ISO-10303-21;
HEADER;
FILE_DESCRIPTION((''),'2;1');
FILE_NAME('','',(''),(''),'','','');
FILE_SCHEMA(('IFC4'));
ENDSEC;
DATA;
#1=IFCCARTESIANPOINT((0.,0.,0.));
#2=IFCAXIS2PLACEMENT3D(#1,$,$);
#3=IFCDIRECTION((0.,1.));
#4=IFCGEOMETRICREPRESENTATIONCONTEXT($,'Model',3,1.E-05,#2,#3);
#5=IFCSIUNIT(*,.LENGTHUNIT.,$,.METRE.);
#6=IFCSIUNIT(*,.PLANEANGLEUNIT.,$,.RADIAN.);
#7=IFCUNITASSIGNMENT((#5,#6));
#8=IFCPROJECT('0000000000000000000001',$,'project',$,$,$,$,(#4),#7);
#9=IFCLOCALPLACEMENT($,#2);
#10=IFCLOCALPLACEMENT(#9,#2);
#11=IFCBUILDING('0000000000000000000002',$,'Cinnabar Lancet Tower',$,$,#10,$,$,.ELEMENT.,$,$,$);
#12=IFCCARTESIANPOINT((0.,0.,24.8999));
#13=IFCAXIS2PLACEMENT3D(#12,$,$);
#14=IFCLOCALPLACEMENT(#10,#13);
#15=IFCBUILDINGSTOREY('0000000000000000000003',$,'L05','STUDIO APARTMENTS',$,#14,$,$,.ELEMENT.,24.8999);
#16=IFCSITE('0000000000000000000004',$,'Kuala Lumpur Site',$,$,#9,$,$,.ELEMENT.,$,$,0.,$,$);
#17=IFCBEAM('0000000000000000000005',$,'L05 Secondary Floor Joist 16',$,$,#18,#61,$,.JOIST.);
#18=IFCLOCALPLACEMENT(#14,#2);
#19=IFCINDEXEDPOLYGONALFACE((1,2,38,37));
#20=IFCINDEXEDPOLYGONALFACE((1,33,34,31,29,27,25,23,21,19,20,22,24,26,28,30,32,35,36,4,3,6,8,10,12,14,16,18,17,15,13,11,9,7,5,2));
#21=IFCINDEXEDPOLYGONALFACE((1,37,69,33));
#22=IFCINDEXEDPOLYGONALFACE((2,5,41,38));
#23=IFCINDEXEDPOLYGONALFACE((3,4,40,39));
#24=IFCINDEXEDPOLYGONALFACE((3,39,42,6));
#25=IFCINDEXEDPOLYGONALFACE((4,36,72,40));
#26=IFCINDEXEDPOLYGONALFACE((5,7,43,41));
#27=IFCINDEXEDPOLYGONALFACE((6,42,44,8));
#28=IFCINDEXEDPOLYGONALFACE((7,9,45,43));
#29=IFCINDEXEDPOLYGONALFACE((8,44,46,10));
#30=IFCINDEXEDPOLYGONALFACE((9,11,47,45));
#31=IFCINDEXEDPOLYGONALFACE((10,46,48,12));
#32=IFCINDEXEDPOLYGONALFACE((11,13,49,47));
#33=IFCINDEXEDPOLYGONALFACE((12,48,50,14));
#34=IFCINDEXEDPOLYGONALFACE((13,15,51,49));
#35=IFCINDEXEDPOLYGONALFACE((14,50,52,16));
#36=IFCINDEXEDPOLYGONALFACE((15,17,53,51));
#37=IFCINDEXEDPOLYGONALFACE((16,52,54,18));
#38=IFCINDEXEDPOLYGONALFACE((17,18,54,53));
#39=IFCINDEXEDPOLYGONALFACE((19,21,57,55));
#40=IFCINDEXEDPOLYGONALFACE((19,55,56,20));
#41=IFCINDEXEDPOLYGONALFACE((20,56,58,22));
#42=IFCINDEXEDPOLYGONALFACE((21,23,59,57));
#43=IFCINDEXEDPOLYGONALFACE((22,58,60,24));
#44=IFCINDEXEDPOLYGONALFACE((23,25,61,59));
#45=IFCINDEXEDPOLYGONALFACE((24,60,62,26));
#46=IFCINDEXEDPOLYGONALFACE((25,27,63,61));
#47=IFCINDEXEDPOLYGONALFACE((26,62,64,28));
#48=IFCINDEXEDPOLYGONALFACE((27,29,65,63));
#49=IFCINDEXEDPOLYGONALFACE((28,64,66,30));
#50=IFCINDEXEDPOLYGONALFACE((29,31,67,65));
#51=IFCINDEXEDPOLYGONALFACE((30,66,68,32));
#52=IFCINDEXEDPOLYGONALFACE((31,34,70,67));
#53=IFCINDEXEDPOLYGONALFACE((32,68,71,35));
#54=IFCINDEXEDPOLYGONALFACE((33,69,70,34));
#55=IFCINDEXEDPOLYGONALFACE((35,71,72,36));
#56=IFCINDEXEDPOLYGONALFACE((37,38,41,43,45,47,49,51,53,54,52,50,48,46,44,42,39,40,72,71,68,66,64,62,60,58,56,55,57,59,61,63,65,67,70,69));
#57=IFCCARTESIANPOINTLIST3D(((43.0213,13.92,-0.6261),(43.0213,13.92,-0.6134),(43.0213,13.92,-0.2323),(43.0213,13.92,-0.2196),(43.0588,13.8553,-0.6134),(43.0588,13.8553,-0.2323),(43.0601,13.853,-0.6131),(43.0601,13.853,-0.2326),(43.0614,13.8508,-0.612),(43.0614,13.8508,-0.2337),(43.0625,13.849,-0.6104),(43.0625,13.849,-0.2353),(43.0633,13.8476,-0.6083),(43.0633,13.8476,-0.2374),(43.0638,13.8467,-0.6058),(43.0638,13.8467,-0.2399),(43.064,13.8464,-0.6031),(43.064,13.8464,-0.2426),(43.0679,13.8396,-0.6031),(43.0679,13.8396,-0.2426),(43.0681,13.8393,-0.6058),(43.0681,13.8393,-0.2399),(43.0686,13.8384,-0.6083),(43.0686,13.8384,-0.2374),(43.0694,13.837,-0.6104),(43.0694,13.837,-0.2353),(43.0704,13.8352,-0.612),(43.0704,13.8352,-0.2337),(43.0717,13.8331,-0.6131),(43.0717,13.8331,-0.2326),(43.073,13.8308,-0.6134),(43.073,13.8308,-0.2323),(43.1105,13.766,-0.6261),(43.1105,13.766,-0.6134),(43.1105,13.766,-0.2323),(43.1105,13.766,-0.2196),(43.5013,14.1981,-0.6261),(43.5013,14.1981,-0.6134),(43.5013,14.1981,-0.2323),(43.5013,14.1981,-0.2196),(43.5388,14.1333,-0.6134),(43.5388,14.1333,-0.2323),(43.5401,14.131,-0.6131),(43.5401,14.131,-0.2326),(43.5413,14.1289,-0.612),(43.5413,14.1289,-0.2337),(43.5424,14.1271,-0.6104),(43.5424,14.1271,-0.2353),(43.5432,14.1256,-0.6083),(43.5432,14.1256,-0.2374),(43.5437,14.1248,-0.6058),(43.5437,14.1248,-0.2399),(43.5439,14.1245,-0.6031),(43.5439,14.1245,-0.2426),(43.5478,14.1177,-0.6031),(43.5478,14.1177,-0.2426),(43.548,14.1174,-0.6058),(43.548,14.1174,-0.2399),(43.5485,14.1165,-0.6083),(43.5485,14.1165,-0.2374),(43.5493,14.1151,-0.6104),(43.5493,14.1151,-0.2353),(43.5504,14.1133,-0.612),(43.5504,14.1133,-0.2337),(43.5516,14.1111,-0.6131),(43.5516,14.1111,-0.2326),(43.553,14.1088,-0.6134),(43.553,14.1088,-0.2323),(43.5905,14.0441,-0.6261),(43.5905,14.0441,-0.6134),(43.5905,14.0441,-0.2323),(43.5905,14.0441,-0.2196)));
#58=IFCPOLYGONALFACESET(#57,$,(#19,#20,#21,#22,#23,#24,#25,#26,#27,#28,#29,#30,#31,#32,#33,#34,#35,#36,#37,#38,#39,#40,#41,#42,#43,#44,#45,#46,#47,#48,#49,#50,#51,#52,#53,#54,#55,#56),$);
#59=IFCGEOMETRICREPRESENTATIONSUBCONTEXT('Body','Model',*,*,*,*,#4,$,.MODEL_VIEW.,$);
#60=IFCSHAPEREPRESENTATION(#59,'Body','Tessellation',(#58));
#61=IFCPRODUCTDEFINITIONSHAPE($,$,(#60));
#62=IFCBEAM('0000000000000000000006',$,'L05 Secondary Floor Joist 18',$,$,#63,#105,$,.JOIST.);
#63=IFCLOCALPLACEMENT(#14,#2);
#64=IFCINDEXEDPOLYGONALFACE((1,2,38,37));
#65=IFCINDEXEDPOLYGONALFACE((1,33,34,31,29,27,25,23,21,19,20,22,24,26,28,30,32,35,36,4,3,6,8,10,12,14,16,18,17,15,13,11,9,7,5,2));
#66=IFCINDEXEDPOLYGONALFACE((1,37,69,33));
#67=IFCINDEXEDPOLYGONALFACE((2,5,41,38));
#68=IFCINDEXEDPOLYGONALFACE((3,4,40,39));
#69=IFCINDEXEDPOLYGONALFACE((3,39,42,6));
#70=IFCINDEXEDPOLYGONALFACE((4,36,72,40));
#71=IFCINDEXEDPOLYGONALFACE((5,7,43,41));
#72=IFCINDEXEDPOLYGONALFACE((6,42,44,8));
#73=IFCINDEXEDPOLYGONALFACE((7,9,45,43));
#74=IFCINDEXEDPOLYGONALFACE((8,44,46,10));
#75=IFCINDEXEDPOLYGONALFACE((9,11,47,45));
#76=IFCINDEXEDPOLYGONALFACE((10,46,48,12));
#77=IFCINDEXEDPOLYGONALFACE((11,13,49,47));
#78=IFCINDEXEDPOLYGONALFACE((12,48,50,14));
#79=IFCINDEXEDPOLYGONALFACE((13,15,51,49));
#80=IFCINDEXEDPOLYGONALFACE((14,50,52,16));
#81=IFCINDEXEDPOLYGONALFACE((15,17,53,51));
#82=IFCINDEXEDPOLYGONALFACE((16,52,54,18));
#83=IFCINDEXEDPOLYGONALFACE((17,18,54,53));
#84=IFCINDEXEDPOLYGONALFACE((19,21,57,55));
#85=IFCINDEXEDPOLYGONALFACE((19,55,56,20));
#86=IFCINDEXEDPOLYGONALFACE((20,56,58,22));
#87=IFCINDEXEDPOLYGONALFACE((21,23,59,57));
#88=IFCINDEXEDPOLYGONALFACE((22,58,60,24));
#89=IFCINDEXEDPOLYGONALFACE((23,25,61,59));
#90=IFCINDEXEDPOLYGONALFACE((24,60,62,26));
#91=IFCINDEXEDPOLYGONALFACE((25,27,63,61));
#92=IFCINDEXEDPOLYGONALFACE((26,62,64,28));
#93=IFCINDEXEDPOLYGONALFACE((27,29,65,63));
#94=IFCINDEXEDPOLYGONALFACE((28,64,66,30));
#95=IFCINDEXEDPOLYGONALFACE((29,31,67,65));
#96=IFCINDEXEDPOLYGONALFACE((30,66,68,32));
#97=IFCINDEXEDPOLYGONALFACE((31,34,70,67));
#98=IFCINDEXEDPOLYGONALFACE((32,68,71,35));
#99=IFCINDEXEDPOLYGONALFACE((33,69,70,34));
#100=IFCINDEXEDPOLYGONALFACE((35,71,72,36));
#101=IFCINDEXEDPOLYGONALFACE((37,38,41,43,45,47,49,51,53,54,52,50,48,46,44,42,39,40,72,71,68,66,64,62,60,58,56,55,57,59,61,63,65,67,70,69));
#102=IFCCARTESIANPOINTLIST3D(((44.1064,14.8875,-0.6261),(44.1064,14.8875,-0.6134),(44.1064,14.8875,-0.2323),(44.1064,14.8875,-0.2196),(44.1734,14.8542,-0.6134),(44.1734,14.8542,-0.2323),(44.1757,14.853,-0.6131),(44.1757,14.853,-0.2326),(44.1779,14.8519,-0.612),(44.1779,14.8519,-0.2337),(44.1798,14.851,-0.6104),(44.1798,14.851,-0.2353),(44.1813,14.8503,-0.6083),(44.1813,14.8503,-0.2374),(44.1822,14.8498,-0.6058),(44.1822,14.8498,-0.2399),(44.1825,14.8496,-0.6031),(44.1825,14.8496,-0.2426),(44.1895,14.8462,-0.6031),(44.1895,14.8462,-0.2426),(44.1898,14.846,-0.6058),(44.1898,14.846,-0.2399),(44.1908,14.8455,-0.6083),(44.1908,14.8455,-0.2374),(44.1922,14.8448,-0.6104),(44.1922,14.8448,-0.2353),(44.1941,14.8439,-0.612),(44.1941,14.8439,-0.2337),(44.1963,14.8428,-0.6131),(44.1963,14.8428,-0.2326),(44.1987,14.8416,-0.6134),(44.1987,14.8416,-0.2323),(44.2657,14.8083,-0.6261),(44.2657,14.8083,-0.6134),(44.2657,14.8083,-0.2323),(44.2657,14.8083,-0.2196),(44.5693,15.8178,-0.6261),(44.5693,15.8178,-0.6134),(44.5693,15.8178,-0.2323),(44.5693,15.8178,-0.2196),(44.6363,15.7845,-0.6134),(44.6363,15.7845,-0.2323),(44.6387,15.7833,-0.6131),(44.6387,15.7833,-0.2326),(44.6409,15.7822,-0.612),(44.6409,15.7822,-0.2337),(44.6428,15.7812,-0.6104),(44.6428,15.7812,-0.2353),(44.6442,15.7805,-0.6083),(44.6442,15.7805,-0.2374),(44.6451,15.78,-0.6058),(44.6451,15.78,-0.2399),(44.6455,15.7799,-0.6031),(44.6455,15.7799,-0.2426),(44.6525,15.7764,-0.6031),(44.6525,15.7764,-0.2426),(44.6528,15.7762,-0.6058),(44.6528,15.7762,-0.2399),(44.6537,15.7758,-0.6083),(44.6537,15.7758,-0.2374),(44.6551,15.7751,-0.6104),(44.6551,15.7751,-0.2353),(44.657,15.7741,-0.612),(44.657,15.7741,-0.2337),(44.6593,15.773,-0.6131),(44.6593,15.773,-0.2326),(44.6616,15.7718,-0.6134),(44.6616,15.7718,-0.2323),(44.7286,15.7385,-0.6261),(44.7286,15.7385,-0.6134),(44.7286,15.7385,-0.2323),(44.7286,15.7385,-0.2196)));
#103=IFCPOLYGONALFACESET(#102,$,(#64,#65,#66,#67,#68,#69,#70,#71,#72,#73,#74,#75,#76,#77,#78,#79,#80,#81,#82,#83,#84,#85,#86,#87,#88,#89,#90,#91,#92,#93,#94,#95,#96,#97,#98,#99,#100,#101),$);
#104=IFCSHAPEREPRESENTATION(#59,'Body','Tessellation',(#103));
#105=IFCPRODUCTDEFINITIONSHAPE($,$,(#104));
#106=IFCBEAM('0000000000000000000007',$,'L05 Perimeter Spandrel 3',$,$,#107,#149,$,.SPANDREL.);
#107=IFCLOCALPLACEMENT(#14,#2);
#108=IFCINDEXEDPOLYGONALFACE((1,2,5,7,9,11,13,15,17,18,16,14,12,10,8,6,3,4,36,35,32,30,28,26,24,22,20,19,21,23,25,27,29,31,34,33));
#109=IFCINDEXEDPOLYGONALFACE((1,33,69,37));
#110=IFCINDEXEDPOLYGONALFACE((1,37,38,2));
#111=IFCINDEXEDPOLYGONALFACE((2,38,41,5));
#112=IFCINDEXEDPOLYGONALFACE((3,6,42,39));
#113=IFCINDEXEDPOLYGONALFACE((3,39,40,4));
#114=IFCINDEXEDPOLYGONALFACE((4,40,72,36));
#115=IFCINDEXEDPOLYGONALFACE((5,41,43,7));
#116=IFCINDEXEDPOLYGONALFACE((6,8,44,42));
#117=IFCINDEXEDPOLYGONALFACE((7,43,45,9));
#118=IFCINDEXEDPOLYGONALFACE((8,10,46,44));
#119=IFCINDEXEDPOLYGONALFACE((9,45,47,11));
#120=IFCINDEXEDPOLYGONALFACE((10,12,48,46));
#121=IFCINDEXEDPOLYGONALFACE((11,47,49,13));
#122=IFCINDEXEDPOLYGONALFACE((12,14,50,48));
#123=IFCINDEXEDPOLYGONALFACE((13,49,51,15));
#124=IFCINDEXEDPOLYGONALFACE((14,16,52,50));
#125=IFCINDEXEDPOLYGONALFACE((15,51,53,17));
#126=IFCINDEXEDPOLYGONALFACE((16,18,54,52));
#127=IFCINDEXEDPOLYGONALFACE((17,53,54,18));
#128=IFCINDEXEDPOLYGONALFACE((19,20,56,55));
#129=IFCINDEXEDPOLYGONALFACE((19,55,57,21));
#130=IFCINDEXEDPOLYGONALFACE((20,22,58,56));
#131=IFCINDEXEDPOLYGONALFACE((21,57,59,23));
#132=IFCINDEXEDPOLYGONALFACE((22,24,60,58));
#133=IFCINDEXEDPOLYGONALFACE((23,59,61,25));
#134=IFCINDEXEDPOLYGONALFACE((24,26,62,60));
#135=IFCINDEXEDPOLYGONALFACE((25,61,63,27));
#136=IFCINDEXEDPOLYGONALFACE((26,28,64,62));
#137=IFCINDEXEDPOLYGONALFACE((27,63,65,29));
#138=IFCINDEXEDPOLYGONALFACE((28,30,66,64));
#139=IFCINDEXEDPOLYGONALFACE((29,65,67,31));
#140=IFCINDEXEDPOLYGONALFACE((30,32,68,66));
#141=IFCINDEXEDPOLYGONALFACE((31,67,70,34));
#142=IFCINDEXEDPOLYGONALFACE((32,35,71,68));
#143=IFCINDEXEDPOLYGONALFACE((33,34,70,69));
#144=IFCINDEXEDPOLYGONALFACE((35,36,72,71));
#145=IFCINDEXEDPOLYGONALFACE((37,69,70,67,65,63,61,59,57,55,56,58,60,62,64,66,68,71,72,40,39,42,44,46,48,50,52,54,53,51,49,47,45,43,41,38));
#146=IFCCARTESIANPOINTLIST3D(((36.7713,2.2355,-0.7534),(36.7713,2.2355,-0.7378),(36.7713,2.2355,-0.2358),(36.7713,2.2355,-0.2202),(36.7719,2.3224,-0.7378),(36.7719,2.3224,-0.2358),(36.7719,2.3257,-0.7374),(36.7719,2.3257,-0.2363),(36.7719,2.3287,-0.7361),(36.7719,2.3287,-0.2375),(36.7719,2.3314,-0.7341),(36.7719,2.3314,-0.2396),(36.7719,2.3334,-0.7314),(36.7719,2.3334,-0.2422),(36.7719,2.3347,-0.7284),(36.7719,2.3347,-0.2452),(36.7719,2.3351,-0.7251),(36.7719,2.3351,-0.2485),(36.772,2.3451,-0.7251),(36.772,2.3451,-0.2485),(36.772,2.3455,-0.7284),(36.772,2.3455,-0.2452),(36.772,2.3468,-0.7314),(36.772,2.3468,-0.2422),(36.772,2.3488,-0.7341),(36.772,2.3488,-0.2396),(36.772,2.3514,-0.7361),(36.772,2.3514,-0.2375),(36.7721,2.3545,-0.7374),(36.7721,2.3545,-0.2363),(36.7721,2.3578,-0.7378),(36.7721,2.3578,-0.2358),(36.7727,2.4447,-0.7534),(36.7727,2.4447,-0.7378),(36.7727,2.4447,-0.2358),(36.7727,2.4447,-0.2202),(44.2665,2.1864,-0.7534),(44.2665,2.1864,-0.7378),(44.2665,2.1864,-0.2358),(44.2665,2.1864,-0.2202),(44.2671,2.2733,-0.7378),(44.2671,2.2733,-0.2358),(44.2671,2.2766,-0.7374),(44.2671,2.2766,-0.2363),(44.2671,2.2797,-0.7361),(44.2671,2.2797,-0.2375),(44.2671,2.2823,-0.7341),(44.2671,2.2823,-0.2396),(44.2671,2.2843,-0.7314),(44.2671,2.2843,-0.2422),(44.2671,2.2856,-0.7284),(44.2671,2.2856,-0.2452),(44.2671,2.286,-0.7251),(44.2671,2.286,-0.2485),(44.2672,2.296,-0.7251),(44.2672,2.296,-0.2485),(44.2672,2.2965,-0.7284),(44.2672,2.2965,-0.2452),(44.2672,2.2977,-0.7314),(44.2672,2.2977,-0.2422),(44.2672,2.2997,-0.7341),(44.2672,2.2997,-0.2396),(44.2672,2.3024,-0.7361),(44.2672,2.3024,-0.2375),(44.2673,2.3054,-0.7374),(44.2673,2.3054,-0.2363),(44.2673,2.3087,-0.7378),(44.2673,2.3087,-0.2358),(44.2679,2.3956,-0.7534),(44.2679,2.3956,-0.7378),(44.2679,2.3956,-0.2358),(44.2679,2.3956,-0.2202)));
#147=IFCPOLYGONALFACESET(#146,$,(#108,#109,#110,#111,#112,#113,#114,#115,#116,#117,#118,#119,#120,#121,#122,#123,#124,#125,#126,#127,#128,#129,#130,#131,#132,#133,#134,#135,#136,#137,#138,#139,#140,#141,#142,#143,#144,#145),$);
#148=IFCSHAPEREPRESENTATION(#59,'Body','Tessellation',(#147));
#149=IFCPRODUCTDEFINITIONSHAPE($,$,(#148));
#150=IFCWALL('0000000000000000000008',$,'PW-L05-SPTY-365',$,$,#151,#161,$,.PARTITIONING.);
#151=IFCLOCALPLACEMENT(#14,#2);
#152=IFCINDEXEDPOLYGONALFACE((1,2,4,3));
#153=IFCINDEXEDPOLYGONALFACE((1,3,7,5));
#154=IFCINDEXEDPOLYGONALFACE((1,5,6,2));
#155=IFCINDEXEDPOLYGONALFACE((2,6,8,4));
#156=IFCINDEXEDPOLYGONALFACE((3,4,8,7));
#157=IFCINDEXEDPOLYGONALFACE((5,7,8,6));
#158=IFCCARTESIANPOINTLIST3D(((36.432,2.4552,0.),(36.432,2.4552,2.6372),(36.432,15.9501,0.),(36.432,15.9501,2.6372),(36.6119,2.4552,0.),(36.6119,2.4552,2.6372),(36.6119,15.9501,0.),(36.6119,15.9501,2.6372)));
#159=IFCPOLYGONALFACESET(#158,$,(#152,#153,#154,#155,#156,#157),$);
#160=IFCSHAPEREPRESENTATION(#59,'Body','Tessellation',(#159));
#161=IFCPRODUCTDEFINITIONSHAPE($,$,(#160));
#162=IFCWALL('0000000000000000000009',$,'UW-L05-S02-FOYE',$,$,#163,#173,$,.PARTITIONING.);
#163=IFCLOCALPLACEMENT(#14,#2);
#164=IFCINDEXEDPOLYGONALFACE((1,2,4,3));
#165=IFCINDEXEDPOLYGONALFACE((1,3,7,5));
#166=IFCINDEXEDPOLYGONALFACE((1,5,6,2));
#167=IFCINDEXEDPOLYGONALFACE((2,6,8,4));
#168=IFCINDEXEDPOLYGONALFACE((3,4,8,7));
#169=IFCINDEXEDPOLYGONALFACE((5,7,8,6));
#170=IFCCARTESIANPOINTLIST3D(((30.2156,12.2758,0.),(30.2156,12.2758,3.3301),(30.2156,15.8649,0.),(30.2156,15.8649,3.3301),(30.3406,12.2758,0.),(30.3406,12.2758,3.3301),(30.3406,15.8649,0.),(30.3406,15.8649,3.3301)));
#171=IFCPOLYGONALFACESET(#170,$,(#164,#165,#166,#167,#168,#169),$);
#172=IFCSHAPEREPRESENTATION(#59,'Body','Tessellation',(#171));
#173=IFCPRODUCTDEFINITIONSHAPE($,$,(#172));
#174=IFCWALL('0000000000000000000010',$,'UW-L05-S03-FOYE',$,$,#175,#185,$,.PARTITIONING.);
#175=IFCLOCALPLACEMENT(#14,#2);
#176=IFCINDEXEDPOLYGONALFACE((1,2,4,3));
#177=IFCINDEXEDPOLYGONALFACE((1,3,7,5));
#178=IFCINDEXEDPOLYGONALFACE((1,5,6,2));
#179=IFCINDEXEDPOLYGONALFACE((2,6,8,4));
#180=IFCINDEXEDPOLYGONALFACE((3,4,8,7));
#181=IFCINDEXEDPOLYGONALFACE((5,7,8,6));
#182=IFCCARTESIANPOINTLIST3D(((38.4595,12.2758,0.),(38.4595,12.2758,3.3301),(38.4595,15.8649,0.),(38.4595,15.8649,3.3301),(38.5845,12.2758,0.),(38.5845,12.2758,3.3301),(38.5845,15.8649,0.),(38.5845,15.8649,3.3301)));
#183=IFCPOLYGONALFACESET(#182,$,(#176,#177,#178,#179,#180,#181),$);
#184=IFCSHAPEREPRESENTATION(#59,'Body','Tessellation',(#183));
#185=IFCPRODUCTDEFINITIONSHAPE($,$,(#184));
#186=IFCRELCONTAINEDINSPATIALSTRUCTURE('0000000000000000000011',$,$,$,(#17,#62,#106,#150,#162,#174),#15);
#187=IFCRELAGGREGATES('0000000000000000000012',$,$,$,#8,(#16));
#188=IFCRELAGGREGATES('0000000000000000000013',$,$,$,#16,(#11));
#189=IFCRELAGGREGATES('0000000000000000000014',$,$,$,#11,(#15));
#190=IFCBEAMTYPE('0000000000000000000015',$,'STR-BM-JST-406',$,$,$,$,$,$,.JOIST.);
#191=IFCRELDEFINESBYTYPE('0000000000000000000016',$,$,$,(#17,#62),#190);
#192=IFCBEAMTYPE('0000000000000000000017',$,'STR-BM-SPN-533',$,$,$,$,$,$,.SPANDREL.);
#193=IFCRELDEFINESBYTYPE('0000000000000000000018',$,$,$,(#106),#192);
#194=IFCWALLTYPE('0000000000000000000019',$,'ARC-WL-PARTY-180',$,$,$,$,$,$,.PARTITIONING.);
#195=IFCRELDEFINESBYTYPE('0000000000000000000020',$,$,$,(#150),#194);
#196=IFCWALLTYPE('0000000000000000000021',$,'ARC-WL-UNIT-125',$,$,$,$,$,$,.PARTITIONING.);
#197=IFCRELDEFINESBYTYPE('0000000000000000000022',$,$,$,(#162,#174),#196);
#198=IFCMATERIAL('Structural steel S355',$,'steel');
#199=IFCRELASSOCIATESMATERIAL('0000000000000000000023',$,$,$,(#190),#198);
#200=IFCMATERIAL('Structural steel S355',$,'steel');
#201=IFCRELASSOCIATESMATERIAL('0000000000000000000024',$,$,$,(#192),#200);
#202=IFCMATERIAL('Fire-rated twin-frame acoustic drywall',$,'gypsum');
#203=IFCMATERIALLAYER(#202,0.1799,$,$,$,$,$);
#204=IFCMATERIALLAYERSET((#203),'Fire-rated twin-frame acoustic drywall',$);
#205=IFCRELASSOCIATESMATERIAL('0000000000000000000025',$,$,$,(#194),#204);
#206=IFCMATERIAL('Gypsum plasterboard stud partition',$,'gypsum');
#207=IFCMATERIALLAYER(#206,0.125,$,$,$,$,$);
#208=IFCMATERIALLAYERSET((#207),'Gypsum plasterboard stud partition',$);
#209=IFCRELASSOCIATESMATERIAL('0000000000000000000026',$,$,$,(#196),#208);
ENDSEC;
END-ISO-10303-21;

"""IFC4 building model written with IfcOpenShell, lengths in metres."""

from ifc_helpers import new_model, si_unit, direction, frame, frame_2d, origin, origin_2d, place, context, subcontext, project, spatial, rectangle, i_section, extrude, material, layer, layer_set, material_profile, profile_set, type_object, element, save


model = new_model("IFC4")

# Units and contexts
model_context = context("Model", 3, precision=1e-05, world=origin(), true_north=direction((0.0, 1.0)))
body_context = subcontext(model_context, "Body", "Model", "MODEL_VIEW")
ifc_project = project(units=[si_unit("LENGTHUNIT", "METRE"), si_unit("PLANEANGLEUNIT", "RADIAN")], contexts=[model_context])

# Site, building, storey
site_placement = place(None, origin())
site = spatial("IfcSite", under=ifc_project, at=site_placement, Name="Kuala Lumpur Site", CompositionType="ELEMENT", RefElevation=0.0)
building_placement = place(site_placement, origin())
building = spatial("IfcBuilding", under=site, at=building_placement, Name="Cinnabar Lancet Tower", CompositionType="ELEMENT")
storey_placement = place(building_placement, frame((0.0, 0.0, 24.8999)))
storey = spatial("IfcBuildingStorey", under=building, at=storey_placement, Name="L05", Description="STUDIO APARTMENTS", CompositionType="ELEMENT", Elevation=24.8999)

# Beams
ifc_material_1 = material(Name="Structural steel S355", Category="steel")
ifc_material_profile_1 = material_profile(ifc_material_1, i_section(OverallWidth=0.178, OverallDepth=0.4065, WebThickness=0.0078, FlangeThickness=0.0127, FilletRadius=0.0103, at=origin_2d()), Name="UKB 406x178x60")
ifc_profile_set_1 = profile_set([ifc_material_profile_1], Name="Structural steel S355")
beam_type_1 = type_object("IfcBeamType", Name="STR-BM-JST-406", PredefinedType="JOIST", material=ifc_profile_set_1)
beam_1_placement = place(storey_placement, frame((43.0659, 13.843, -0.4229), z_axis=(0.865276, 0.501296, 0.0), x_axis=(-0.501296, 0.865276, 0.0)))
element("IfcBeam", 1, at=beam_1_placement, inside=storey, type_object=beam_type_1, Name="L05 Secondary Floor Joist 16", PredefinedType="JOIST", context=body_context, shape_type="SweptSolid", body=[
    extrude(i_section(OverallWidth=0.178, OverallDepth=0.4065, WebThickness=0.0078, FlangeThickness=0.0127, FilletRadius=0.0103, at=origin_2d()), origin(), (0.0, 0.0, 1.0), 0.5547),
])
beam_2_placement = place(storey_placement, frame((44.186, 14.8479, -0.4229), z_axis=(0.445521, 0.895272, 0.0), x_axis=(-0.895272, 0.445521, 0.0)))
element("IfcBeam", 2, at=beam_2_placement, inside=storey, type_object=beam_type_1, Name="L05 Secondary Floor Joist 18", PredefinedType="JOIST", context=body_context, shape_type="SweptSolid", body=[
    extrude(i_section(OverallWidth=0.178, OverallDepth=0.4065, WebThickness=0.0078, FlangeThickness=0.0127, FilletRadius=0.0103, at=origin_2d()), origin(), (0.0, 0.0, 1.0), 1.0391),
])
ifc_material_2 = material(Name="Structural steel S355", Category="steel")
ifc_material_profile_2 = material_profile(ifc_material_2, i_section(OverallWidth=0.2092, OverallDepth=0.5332, WebThickness=0.01, FlangeThickness=0.0156, FilletRadius=0.0127, at=origin_2d()), Name="UKB 533x210x92")
ifc_profile_set_2 = profile_set([ifc_material_profile_2], Name="Structural steel S355")
beam_type_2 = type_object("IfcBeamType", Name="STR-BM-SPN-533", PredefinedType="SPANDREL", material=ifc_profile_set_2)
beam_3_placement = place(storey_placement, frame((36.772, 2.3401, -0.4868), z_axis=(0.999979, -0.006547, 0.0), x_axis=(0.006547, 0.999979, 0.0)))
element("IfcBeam", 3, at=beam_3_placement, inside=storey, type_object=beam_type_2, Name="L05 Perimeter Spandrel 3", PredefinedType="SPANDREL", context=body_context, shape_type="SweptSolid", body=[
    extrude(i_section(OverallWidth=0.2092, OverallDepth=0.5332, WebThickness=0.01, FlangeThickness=0.0156, FilletRadius=0.0127, at=origin_2d()), origin(), (0.0, 0.0, 1.0), 7.4954),
])

# Walls
ifc_material_3 = material(Name="Fire-rated twin-frame acoustic drywall", Category="gypsum")
ifc_layer_1 = layer(ifc_material_3, 0.1799)
ifc_layer_set_1 = layer_set([ifc_layer_1], Name="Fire-rated twin-frame acoustic drywall")
wall_type_1 = type_object("IfcWallType", Name="ARC-WL-PARTY-180", PredefinedType="PARTITIONING", material=ifc_layer_set_1)
wall_1_placement = place(storey_placement, frame((36.522, 2.4551, 0.0), z_axis=(0.0, 0.0, 1.0), x_axis=(0.0, 1.0, 0.0)))
element("IfcWall", 4, at=wall_1_placement, inside=storey, type_object=wall_type_1, Name="PW-L05-SPTY-365", PredefinedType="PARTITIONING", context=body_context, shape_type="SweptSolid", body=[
    extrude(rectangle(XDim=13.4949, YDim=0.1799, at=frame_2d((6.7476, 0.0))), origin(), (0.0, 0.0, 1.0), 2.6372),
])
ifc_material_4 = material(Name="Gypsum plasterboard stud partition", Category="gypsum")
ifc_layer_2 = layer(ifc_material_4, 0.125)
ifc_layer_set_2 = layer_set([ifc_layer_2], Name="Gypsum plasterboard stud partition")
wall_type_2 = type_object("IfcWallType", Name="ARC-WL-UNIT-125", PredefinedType="PARTITIONING", material=ifc_layer_set_2)
for number, where, z_axis, x_axis, name in (
    (5, (30.2781, 12.2759, 0.0), (0.0, 0.0, 1.0), (0.0, 1.0, 0.0), "UW-L05-S02-FOYE"),
    (6, (38.522, 12.2759, 0.0), (0.0, 0.0, 1.0), (0.0, 1.0, 0.0), "UW-L05-S03-FOYE"),
):
    element("IfcWall", number, at=place(storey_placement, frame(where, z_axis=z_axis, x_axis=x_axis)), inside=storey, type_object=wall_type_2, Name=name, PredefinedType="PARTITIONING", context=body_context, shape_type="SweptSolid", body=[
        extrude(rectangle(XDim=3.5891, YDim=0.125, at=frame_2d((1.7944, 0.0))), origin(), (0.0, 0.0, 1.0), 3.3301),
    ])

save(model, "model.ifc")
